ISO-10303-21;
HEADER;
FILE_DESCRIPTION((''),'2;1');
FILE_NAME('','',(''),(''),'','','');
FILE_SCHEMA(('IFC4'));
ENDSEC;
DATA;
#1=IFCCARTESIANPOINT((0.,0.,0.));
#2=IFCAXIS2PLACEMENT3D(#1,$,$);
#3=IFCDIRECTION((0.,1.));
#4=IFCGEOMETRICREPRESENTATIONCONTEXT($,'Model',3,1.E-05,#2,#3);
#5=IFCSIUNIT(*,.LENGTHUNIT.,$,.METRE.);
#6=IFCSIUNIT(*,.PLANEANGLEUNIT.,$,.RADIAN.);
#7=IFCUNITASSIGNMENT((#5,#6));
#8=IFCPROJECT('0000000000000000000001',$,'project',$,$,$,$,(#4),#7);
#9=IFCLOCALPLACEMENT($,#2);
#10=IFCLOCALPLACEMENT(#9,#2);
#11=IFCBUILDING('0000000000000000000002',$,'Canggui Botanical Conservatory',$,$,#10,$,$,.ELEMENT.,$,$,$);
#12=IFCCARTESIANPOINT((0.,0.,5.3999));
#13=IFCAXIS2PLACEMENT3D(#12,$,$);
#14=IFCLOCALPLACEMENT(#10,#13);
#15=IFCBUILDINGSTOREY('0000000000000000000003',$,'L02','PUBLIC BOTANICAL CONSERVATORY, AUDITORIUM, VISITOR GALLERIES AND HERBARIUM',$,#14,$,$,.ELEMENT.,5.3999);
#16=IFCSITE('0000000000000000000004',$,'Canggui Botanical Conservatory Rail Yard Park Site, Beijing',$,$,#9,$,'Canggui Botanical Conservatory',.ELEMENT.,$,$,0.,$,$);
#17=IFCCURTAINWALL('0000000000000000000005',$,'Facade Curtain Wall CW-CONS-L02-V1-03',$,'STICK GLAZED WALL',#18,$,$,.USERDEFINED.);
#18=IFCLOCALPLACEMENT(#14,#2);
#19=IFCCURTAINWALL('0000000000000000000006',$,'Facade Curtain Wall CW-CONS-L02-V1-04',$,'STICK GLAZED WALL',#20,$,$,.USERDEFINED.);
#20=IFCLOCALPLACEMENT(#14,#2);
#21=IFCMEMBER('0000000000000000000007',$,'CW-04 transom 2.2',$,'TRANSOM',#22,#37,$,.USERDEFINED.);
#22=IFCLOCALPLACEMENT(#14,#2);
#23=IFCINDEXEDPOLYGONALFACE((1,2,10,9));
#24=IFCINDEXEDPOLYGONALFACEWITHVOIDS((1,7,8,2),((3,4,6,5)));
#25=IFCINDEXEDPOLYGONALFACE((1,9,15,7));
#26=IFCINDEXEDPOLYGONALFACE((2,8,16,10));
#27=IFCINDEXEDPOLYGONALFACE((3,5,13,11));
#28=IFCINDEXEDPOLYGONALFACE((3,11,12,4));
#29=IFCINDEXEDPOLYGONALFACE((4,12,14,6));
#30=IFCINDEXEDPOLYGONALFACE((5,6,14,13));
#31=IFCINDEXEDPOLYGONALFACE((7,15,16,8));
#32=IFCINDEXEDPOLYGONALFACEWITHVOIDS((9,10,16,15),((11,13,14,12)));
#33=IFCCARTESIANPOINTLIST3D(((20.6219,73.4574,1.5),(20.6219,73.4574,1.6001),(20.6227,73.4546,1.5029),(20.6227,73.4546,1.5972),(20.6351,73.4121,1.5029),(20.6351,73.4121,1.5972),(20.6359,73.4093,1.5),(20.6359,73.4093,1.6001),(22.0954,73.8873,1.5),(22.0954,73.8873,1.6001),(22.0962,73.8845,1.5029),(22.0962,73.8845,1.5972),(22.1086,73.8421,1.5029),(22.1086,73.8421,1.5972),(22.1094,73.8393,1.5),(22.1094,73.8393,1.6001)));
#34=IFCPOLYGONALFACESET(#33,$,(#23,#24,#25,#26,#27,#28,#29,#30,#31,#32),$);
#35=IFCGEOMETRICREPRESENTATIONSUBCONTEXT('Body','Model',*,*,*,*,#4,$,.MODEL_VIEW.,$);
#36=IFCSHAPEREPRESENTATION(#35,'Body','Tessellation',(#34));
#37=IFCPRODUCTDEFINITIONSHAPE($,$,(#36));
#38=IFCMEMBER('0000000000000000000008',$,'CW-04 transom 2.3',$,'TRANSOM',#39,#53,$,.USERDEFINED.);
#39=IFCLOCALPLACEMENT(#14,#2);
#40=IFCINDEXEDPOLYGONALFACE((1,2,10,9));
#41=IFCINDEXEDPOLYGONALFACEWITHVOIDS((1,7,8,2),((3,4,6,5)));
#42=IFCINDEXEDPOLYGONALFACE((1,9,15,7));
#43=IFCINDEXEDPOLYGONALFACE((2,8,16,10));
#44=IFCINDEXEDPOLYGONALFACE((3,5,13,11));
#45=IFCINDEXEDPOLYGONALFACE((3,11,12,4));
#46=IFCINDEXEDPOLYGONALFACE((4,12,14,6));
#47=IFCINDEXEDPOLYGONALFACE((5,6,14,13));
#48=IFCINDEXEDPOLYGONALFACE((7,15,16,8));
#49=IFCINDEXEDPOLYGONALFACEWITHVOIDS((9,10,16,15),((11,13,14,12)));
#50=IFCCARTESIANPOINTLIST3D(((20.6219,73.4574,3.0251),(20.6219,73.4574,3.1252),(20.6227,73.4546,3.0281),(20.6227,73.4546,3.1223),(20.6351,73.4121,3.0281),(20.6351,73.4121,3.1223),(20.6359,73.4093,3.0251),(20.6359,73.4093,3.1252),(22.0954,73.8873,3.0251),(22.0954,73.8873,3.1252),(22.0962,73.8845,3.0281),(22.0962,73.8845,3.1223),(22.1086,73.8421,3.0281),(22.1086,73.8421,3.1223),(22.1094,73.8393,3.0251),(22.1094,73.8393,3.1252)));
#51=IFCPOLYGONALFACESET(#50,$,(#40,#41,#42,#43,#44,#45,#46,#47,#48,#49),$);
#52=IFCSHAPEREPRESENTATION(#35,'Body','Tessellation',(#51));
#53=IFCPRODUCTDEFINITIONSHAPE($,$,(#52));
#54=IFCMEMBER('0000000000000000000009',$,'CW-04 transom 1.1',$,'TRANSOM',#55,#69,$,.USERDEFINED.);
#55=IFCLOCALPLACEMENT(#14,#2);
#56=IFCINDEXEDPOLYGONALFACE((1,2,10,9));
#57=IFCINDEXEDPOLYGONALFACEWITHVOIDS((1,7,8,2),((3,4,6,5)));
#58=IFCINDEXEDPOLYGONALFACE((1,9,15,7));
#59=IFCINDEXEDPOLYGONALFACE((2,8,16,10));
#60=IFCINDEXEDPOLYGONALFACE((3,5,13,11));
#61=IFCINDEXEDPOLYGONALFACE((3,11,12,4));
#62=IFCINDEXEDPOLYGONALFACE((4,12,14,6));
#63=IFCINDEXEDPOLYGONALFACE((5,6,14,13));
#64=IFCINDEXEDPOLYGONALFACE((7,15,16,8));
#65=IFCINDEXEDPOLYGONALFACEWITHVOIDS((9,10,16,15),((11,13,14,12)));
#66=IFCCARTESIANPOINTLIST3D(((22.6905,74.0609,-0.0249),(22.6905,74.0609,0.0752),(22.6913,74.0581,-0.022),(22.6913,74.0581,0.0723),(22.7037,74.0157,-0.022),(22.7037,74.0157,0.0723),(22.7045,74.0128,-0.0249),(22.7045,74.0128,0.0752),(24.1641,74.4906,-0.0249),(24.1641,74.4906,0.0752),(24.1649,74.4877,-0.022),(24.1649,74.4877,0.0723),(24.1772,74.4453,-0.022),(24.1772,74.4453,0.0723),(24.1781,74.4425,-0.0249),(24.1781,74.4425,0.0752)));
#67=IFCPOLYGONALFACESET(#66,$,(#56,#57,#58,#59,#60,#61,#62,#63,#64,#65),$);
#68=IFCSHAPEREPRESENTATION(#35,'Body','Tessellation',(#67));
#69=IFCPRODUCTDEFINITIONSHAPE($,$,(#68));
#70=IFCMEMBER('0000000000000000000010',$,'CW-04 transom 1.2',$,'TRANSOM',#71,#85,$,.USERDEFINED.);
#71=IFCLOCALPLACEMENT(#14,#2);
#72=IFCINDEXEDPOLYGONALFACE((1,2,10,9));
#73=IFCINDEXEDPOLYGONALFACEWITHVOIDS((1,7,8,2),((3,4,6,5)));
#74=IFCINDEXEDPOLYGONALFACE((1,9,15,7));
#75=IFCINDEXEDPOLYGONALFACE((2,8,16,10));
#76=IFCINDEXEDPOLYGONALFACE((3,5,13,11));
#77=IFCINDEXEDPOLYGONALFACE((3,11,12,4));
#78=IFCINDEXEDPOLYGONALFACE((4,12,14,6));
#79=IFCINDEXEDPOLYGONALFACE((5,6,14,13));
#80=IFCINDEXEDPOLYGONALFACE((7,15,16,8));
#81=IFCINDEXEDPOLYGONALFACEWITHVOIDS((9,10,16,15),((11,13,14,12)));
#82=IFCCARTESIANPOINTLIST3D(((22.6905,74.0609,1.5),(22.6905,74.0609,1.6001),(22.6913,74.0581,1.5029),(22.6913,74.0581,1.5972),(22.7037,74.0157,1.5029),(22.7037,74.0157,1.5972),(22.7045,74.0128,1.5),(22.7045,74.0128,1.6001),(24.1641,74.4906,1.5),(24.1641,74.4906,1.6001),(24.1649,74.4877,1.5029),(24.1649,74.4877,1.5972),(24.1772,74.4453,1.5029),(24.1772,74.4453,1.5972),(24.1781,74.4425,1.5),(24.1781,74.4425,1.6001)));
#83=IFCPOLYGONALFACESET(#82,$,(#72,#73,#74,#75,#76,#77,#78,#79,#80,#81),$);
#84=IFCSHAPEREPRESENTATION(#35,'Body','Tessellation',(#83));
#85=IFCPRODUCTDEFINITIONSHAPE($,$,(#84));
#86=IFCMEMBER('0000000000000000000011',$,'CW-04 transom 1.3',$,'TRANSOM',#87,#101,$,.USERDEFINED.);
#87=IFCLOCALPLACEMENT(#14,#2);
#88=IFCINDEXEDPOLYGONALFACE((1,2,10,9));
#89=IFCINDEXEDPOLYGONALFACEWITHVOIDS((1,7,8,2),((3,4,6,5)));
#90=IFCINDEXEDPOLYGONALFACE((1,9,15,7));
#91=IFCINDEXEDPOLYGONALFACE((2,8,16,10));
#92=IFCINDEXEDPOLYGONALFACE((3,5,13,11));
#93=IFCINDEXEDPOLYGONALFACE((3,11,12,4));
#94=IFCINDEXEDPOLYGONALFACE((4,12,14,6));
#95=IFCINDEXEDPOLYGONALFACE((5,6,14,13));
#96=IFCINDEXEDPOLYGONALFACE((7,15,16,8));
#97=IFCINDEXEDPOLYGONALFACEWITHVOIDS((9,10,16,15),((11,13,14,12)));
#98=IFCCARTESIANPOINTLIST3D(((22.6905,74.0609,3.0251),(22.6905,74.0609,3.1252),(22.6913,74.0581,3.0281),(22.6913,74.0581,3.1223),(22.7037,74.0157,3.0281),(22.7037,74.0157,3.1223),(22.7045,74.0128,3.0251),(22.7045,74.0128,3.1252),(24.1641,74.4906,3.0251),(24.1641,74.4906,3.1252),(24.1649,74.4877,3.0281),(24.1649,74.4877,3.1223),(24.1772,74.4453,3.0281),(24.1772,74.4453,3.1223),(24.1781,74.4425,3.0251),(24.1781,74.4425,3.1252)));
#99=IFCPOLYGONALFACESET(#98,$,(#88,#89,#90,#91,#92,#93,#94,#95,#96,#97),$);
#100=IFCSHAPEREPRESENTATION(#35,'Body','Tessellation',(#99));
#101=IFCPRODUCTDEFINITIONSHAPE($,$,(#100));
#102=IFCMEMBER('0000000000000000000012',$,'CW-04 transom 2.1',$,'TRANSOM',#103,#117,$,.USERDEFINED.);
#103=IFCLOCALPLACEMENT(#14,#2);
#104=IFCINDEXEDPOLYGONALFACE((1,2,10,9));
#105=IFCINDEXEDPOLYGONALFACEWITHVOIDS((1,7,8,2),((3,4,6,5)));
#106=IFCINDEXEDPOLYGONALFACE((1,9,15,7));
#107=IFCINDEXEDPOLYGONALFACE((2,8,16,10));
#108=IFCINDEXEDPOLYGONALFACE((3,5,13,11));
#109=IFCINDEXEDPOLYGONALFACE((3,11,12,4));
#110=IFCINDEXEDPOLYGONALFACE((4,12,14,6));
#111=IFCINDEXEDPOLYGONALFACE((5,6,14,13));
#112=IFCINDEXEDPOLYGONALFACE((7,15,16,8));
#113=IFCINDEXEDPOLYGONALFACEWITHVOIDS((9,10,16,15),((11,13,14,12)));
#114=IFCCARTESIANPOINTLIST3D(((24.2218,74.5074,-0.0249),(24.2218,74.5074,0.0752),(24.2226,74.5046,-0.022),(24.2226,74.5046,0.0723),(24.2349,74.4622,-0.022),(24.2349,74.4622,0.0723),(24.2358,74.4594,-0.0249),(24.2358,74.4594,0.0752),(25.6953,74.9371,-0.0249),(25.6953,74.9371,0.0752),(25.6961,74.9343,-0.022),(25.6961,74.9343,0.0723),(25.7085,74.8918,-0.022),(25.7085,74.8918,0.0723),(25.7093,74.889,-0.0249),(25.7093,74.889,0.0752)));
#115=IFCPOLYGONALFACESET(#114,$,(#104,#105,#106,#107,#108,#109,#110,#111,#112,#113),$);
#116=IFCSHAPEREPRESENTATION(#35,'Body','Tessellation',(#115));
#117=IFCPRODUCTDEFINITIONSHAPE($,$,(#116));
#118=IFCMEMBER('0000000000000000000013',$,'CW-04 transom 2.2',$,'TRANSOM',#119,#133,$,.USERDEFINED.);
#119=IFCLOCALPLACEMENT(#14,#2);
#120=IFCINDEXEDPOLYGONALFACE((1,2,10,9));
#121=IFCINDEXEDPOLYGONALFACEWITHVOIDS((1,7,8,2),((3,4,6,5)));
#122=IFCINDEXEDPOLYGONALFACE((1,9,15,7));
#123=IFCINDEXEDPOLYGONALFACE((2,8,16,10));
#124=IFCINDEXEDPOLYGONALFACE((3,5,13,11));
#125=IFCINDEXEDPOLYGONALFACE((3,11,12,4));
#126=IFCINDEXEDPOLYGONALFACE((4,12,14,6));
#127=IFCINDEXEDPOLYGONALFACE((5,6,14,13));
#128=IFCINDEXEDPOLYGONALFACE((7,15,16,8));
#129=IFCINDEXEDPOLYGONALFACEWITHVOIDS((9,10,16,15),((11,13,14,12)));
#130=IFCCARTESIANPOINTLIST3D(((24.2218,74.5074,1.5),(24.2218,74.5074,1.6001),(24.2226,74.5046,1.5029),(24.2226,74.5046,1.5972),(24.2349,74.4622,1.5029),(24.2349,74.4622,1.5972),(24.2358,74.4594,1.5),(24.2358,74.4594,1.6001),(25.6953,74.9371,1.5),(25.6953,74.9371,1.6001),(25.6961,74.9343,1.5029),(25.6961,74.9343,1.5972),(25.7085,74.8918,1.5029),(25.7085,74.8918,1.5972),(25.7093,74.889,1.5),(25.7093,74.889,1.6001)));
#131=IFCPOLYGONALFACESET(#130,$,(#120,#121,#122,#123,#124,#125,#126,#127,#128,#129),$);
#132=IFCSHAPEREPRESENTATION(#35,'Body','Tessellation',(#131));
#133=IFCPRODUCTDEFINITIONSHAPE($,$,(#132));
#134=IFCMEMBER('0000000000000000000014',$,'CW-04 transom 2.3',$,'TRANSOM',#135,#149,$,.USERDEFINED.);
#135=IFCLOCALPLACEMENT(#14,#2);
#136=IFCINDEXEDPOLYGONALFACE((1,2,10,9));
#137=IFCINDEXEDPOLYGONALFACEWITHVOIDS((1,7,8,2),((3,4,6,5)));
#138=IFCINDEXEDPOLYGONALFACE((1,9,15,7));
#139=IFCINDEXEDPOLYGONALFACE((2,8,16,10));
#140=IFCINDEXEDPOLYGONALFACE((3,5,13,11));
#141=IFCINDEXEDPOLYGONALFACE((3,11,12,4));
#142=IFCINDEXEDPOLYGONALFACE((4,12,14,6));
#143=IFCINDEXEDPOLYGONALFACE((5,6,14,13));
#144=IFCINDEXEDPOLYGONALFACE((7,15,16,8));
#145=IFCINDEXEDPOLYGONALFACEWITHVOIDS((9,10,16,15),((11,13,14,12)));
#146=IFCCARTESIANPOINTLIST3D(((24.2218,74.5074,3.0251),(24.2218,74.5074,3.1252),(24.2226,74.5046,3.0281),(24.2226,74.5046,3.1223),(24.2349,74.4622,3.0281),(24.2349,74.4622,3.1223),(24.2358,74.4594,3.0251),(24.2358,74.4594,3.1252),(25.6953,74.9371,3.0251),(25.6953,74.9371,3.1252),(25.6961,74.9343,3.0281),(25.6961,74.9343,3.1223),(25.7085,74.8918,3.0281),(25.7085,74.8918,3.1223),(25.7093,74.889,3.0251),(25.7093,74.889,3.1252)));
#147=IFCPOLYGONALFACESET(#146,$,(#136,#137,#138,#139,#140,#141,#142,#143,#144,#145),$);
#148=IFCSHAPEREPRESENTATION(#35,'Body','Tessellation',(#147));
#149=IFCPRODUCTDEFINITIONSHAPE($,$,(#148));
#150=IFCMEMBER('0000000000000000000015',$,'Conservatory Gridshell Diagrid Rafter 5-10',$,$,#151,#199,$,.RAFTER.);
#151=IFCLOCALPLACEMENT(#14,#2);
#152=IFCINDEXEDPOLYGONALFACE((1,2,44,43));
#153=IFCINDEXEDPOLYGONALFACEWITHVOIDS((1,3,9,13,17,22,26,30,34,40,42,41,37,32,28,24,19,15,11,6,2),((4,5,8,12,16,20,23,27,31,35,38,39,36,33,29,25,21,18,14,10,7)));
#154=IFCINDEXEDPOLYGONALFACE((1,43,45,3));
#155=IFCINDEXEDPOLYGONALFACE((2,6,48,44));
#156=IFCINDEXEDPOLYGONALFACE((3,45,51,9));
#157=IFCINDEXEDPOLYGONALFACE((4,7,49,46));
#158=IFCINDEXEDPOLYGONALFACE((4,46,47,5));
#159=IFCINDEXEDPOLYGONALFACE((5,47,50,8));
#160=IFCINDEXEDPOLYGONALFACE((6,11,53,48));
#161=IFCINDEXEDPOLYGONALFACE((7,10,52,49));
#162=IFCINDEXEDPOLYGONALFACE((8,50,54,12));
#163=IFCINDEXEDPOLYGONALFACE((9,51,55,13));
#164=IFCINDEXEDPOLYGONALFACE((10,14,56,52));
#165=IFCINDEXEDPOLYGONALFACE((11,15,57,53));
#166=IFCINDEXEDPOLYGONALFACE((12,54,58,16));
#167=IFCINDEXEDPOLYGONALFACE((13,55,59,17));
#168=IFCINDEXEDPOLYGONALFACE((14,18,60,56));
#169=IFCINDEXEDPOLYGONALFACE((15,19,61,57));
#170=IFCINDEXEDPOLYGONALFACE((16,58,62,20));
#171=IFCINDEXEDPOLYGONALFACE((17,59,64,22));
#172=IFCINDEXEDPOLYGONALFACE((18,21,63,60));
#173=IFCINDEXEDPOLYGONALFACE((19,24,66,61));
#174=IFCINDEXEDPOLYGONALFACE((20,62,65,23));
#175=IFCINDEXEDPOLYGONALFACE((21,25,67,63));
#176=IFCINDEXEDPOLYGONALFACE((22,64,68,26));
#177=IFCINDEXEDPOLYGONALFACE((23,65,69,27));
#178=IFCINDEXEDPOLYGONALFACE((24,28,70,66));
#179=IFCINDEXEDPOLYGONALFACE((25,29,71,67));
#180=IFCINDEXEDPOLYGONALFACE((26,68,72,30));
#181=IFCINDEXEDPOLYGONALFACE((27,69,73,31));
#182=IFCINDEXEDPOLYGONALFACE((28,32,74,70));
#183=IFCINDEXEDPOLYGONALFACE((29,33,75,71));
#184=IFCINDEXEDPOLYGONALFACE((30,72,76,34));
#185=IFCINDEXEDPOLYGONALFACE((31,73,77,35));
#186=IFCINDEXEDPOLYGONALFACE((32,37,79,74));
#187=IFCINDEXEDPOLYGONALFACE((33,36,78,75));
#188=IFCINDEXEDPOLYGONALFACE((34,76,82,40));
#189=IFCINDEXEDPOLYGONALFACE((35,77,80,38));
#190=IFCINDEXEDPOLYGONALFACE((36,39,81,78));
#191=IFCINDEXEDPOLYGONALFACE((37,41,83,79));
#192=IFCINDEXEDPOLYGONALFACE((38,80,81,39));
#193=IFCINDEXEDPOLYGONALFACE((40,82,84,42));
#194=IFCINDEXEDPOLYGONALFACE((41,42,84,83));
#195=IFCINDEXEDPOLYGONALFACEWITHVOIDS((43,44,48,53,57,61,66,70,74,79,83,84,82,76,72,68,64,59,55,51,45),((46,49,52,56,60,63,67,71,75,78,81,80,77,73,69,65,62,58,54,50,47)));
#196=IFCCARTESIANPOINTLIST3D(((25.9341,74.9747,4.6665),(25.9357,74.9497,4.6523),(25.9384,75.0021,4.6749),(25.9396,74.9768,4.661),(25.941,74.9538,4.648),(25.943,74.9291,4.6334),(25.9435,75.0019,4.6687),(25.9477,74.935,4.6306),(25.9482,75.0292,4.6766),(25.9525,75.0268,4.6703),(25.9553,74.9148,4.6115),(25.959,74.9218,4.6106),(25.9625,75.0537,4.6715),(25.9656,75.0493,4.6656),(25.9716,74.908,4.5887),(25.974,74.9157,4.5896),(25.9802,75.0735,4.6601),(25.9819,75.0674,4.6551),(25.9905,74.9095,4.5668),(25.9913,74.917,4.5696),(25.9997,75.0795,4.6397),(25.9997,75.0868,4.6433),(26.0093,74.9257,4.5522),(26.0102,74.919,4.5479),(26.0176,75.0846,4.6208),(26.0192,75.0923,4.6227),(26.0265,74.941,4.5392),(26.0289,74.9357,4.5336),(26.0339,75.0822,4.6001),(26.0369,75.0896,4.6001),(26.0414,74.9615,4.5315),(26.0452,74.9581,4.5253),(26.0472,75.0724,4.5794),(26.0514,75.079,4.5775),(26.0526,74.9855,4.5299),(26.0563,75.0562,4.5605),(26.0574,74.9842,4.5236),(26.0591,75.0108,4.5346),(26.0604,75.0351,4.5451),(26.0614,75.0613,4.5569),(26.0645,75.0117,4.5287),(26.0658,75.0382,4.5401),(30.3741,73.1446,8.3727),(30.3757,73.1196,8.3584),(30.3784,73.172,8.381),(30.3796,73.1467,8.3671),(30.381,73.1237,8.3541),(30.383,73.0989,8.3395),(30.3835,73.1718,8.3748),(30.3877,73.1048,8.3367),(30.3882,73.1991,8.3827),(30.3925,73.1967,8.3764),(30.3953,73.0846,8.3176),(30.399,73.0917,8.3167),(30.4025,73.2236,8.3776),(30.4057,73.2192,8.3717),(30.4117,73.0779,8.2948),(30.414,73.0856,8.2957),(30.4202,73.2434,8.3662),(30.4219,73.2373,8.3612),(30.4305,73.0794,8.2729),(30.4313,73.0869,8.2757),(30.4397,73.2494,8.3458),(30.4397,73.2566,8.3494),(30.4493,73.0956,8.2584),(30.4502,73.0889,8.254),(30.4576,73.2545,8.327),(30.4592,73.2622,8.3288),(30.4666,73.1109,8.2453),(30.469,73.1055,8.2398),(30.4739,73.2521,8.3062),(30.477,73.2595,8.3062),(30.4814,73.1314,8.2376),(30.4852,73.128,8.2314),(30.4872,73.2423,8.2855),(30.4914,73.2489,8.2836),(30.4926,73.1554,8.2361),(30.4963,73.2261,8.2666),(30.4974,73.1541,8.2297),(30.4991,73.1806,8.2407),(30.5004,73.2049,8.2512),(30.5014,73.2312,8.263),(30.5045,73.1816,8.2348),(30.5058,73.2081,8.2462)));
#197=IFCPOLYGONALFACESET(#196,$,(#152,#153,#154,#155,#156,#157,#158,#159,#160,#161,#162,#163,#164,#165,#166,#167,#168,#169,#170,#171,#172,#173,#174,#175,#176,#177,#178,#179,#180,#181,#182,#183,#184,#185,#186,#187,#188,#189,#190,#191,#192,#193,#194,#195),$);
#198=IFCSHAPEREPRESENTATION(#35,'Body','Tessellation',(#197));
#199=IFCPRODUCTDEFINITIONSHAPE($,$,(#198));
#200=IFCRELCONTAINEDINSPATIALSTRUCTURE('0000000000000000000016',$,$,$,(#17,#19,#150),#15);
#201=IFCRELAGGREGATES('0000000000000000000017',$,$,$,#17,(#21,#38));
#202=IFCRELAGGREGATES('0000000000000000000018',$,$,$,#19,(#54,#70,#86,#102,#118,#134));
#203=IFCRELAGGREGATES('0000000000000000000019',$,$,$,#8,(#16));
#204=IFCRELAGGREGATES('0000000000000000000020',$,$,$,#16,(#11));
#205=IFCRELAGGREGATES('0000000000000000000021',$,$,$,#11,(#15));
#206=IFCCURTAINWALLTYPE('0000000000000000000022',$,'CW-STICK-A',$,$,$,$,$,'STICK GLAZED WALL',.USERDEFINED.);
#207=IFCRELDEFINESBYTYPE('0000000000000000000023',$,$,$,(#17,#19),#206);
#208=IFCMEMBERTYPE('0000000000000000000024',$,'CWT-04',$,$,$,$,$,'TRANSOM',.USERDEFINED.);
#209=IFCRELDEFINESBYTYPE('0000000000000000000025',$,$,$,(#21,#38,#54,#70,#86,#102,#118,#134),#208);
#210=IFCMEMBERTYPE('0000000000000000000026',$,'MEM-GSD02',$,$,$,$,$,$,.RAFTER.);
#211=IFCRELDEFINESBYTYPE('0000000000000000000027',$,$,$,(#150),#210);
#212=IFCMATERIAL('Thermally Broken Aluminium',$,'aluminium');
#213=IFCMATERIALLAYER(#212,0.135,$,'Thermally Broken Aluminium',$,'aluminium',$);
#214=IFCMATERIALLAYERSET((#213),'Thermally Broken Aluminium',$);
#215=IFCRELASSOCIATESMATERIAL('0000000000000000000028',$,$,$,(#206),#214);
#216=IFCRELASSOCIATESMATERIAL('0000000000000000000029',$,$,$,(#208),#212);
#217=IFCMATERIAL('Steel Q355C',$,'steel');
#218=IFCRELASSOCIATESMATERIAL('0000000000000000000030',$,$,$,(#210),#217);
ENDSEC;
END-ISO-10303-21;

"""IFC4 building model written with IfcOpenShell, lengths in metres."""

from ifc_helpers import new_model, si_unit, direction, frame, origin, origin_2d, place, context, subcontext, project, spatial, hollow_rectangle, hollow_circle, extrude, material, layer, layer_set, material_profile, profile_set, type_object, element, aggregate, save


model = new_model("IFC4")

# Units and contexts
model_context = context("Model", 3, precision=1e-05, world=origin(), true_north=direction((0.0, 1.0)))
body_context = subcontext(model_context, "Body", "Model", "MODEL_VIEW")
ifc_project = project(units=[si_unit("LENGTHUNIT", "METRE"), si_unit("PLANEANGLEUNIT", "RADIAN")], contexts=[model_context])

# Site, building, storey
site_placement = place(None, origin())
site = spatial("IfcSite", under=ifc_project, at=site_placement, Name="Canggui Botanical Conservatory Rail Yard Park Site, Beijing", LongName="Canggui Botanical Conservatory", CompositionType="ELEMENT", RefElevation=0.0)
building_placement = place(site_placement, origin())
building = spatial("IfcBuilding", under=site, at=building_placement, Name="Canggui Botanical Conservatory", CompositionType="ELEMENT")
storey_placement = place(building_placement, frame((0.0, 0.0, 5.3999)))
storey = spatial("IfcBuildingStorey", under=building, at=storey_placement, Name="L02", Description="PUBLIC BOTANICAL CONSERVATORY, AUDITORIUM, VISITOR GALLERIES AND HERBARIUM", CompositionType="ELEMENT", Elevation=5.3999)

# Shared definitions
ifc_material_1 = material(Name="Steel Q355C", Category="steel")

# Curtain walls
ifc_material_2 = material(Name="Thermally Broken Aluminium", Category="aluminium")
ifc_layer_1 = layer(ifc_material_2, 0.135, Name="Thermally Broken Aluminium", Category="aluminium")
ifc_layer_set_1 = layer_set([ifc_layer_1], Name="Thermally Broken Aluminium")
curtain_wall_type = type_object("IfcCurtainWallType", Name="CW-STICK-A", ElementType="STICK GLAZED WALL", PredefinedType="USERDEFINED", material=ifc_layer_set_1)
curtain_wall_1_placement = place(storey_placement, origin())
curtain_wall_1 = element("IfcCurtainWall", 1, at=curtain_wall_1_placement, inside=storey, type_object=curtain_wall_type, Name="Facade Curtain Wall CW-CONS-L02-V1-03", ObjectType="STICK GLAZED WALL", PredefinedType="USERDEFINED")
curtain_wall_2_placement = place(storey_placement, origin())
curtain_wall_2 = element("IfcCurtainWall", 2, at=curtain_wall_2_placement, inside=storey, type_object=curtain_wall_type, Name="Facade Curtain Wall CW-CONS-L02-V1-04", ObjectType="STICK GLAZED WALL", PredefinedType="USERDEFINED")

# Members
ifc_material_profile_1 = material_profile(ifc_material_2, hollow_rectangle(XDim=0.05, YDim=0.1001, WallThickness=0.0029, at=origin_2d()), Name="CWT 50x100x3")
ifc_profile_set_1 = profile_set([ifc_material_profile_1], Name="Thermally Broken Aluminium")
member_type_1 = type_object("IfcMemberType", Name="CWT-04", ElementType="TRANSOM", PredefinedType="USERDEFINED", material=ifc_profile_set_1)
member_1_placement = place(storey_placement, frame((20.6289, 73.4333, 1.55), z_axis=(0.959966, 0.280116, 0.0), x_axis=(-0.280116, 0.959966, 0.0)))
member_1 = element("IfcMember", 3, at=member_1_placement, type_object=member_type_1, Name="CW-04 transom 2.2", ObjectType="TRANSOM", PredefinedType="USERDEFINED", context=body_context, shape_type="SweptSolid", body=[
    extrude(hollow_rectangle(XDim=0.05, YDim=0.1001, WallThickness=0.0029, at=origin_2d()), origin(), (0.0, 0.0, 1.0), 1.5349),
])
member_2_placement = place(storey_placement, frame((20.6289, 73.4333, 3.0752), z_axis=(0.959966, 0.280116, 0.0), x_axis=(-0.280116, 0.959966, 0.0)))
member_2 = element("IfcMember", 4, at=member_2_placement, type_object=member_type_1, Name="CW-04 transom 2.3", ObjectType="TRANSOM", PredefinedType="USERDEFINED", context=body_context, shape_type="SweptSolid", body=[
    extrude(hollow_rectangle(XDim=0.05, YDim=0.1001, WallThickness=0.0029, at=origin_2d()), origin(), (0.0, 0.0, 1.0), 1.5349),
])
member_3_placement = place(storey_placement, frame((22.6975, 74.0369, 0.0251), z_axis=(0.960021, 0.279927, 0.0), x_axis=(-0.279927, 0.960021, 0.0)))
member_3 = element("IfcMember", 5, at=member_3_placement, type_object=member_type_1, Name="CW-04 transom 1.1", ObjectType="TRANSOM", PredefinedType="USERDEFINED", context=body_context, shape_type="SweptSolid", body=[
    extrude(hollow_rectangle(XDim=0.05, YDim=0.1001, WallThickness=0.0029, at=origin_2d()), origin(), (0.0, 0.0, 1.0), 1.5349),
])
member_4_placement = place(storey_placement, frame((22.6975, 74.0369, 1.55), z_axis=(0.960021, 0.279927, 0.0), x_axis=(-0.279927, 0.960021, 0.0)))
member_4 = element("IfcMember", 6, at=member_4_placement, type_object=member_type_1, Name="CW-04 transom 1.2", ObjectType="TRANSOM", PredefinedType="USERDEFINED", context=body_context, shape_type="SweptSolid", body=[
    extrude(hollow_rectangle(XDim=0.05, YDim=0.1001, WallThickness=0.0029, at=origin_2d()), origin(), (0.0, 0.0, 1.0), 1.5349),
])
member_5_placement = place(storey_placement, frame((22.6975, 74.0369, 3.0752), z_axis=(0.960021, 0.279927, 0.0), x_axis=(-0.279927, 0.960021, 0.0)))
member_5 = element("IfcMember", 7, at=member_5_placement, type_object=member_type_1, Name="CW-04 transom 1.3", ObjectType="TRANSOM", PredefinedType="USERDEFINED", context=body_context, shape_type="SweptSolid", body=[
    extrude(hollow_rectangle(XDim=0.05, YDim=0.1001, WallThickness=0.0029, at=origin_2d()), origin(), (0.0, 0.0, 1.0), 1.5349),
])
member_6_placement = place(storey_placement, frame((24.2288, 74.4834, 0.0251), z_axis=(0.960021, 0.279927, 0.0), x_axis=(-0.279927, 0.960021, 0.0)))
member_6 = element("IfcMember", 8, at=member_6_placement, type_object=member_type_1, Name="CW-04 transom 2.1", ObjectType="TRANSOM", PredefinedType="USERDEFINED", context=body_context, shape_type="SweptSolid", body=[
    extrude(hollow_rectangle(XDim=0.05, YDim=0.1001, WallThickness=0.0029, at=origin_2d()), origin(), (0.0, 0.0, 1.0), 1.5349),
])
member_7_placement = place(storey_placement, frame((24.2288, 74.4834, 1.55), z_axis=(0.960021, 0.279927, 0.0), x_axis=(-0.279927, 0.960021, 0.0)))
member_7 = element("IfcMember", 9, at=member_7_placement, type_object=member_type_1, Name="CW-04 transom 2.2", ObjectType="TRANSOM", PredefinedType="USERDEFINED", context=body_context, shape_type="SweptSolid", body=[
    extrude(hollow_rectangle(XDim=0.05, YDim=0.1001, WallThickness=0.0029, at=origin_2d()), origin(), (0.0, 0.0, 1.0), 1.5349),
])
member_8_placement = place(storey_placement, frame((24.2288, 74.4834, 3.0752), z_axis=(0.960021, 0.279927, 0.0), x_axis=(-0.279927, 0.960021, 0.0)))
member_8 = element("IfcMember", 10, at=member_8_placement, type_object=member_type_1, Name="CW-04 transom 2.3", ObjectType="TRANSOM", PredefinedType="USERDEFINED", context=body_context, shape_type="SweptSolid", body=[
    extrude(hollow_rectangle(XDim=0.05, YDim=0.1001, WallThickness=0.0029, at=origin_2d()), origin(), (0.0, 0.0, 1.0), 1.5349),
])
ifc_material_profile_2 = material_profile(ifc_material_1, hollow_circle(Radius=0.0969, WallThickness=0.0081, at=origin_2d()), Name="CHS 194x8")
ifc_profile_set_2 = profile_set([ifc_material_profile_2], Name="Steel Q355C")
member_type_2 = type_object("IfcMemberType", Name="MEM-GSD02", PredefinedType="RAFTER", material=ifc_profile_set_2)
member_9_placement = place(storey_placement, frame((26.0, 75.0, 4.6001), z_axis=(0.731931, -0.301691, 0.610949), x_axis=(0.381082, 0.924541, 0.0)))
element("IfcMember", 11, at=member_9_placement, inside=storey, type_object=member_type_2, Name="Conservatory Gridshell Diagrid Rafter 5-10", PredefinedType="RAFTER", context=body_context, shape_type="SweptSolid", body=[
    extrude(hollow_circle(Radius=0.0969, WallThickness=0.0081, at=origin_2d()), origin(), (0.0, 0.0, 1.0), 6.0662),
])

aggregate(curtain_wall_1, [member_1, member_2])
aggregate(curtain_wall_2, [member_3, member_4, member_5, member_6, member_7, member_8])

save(model, "model.ifc")
